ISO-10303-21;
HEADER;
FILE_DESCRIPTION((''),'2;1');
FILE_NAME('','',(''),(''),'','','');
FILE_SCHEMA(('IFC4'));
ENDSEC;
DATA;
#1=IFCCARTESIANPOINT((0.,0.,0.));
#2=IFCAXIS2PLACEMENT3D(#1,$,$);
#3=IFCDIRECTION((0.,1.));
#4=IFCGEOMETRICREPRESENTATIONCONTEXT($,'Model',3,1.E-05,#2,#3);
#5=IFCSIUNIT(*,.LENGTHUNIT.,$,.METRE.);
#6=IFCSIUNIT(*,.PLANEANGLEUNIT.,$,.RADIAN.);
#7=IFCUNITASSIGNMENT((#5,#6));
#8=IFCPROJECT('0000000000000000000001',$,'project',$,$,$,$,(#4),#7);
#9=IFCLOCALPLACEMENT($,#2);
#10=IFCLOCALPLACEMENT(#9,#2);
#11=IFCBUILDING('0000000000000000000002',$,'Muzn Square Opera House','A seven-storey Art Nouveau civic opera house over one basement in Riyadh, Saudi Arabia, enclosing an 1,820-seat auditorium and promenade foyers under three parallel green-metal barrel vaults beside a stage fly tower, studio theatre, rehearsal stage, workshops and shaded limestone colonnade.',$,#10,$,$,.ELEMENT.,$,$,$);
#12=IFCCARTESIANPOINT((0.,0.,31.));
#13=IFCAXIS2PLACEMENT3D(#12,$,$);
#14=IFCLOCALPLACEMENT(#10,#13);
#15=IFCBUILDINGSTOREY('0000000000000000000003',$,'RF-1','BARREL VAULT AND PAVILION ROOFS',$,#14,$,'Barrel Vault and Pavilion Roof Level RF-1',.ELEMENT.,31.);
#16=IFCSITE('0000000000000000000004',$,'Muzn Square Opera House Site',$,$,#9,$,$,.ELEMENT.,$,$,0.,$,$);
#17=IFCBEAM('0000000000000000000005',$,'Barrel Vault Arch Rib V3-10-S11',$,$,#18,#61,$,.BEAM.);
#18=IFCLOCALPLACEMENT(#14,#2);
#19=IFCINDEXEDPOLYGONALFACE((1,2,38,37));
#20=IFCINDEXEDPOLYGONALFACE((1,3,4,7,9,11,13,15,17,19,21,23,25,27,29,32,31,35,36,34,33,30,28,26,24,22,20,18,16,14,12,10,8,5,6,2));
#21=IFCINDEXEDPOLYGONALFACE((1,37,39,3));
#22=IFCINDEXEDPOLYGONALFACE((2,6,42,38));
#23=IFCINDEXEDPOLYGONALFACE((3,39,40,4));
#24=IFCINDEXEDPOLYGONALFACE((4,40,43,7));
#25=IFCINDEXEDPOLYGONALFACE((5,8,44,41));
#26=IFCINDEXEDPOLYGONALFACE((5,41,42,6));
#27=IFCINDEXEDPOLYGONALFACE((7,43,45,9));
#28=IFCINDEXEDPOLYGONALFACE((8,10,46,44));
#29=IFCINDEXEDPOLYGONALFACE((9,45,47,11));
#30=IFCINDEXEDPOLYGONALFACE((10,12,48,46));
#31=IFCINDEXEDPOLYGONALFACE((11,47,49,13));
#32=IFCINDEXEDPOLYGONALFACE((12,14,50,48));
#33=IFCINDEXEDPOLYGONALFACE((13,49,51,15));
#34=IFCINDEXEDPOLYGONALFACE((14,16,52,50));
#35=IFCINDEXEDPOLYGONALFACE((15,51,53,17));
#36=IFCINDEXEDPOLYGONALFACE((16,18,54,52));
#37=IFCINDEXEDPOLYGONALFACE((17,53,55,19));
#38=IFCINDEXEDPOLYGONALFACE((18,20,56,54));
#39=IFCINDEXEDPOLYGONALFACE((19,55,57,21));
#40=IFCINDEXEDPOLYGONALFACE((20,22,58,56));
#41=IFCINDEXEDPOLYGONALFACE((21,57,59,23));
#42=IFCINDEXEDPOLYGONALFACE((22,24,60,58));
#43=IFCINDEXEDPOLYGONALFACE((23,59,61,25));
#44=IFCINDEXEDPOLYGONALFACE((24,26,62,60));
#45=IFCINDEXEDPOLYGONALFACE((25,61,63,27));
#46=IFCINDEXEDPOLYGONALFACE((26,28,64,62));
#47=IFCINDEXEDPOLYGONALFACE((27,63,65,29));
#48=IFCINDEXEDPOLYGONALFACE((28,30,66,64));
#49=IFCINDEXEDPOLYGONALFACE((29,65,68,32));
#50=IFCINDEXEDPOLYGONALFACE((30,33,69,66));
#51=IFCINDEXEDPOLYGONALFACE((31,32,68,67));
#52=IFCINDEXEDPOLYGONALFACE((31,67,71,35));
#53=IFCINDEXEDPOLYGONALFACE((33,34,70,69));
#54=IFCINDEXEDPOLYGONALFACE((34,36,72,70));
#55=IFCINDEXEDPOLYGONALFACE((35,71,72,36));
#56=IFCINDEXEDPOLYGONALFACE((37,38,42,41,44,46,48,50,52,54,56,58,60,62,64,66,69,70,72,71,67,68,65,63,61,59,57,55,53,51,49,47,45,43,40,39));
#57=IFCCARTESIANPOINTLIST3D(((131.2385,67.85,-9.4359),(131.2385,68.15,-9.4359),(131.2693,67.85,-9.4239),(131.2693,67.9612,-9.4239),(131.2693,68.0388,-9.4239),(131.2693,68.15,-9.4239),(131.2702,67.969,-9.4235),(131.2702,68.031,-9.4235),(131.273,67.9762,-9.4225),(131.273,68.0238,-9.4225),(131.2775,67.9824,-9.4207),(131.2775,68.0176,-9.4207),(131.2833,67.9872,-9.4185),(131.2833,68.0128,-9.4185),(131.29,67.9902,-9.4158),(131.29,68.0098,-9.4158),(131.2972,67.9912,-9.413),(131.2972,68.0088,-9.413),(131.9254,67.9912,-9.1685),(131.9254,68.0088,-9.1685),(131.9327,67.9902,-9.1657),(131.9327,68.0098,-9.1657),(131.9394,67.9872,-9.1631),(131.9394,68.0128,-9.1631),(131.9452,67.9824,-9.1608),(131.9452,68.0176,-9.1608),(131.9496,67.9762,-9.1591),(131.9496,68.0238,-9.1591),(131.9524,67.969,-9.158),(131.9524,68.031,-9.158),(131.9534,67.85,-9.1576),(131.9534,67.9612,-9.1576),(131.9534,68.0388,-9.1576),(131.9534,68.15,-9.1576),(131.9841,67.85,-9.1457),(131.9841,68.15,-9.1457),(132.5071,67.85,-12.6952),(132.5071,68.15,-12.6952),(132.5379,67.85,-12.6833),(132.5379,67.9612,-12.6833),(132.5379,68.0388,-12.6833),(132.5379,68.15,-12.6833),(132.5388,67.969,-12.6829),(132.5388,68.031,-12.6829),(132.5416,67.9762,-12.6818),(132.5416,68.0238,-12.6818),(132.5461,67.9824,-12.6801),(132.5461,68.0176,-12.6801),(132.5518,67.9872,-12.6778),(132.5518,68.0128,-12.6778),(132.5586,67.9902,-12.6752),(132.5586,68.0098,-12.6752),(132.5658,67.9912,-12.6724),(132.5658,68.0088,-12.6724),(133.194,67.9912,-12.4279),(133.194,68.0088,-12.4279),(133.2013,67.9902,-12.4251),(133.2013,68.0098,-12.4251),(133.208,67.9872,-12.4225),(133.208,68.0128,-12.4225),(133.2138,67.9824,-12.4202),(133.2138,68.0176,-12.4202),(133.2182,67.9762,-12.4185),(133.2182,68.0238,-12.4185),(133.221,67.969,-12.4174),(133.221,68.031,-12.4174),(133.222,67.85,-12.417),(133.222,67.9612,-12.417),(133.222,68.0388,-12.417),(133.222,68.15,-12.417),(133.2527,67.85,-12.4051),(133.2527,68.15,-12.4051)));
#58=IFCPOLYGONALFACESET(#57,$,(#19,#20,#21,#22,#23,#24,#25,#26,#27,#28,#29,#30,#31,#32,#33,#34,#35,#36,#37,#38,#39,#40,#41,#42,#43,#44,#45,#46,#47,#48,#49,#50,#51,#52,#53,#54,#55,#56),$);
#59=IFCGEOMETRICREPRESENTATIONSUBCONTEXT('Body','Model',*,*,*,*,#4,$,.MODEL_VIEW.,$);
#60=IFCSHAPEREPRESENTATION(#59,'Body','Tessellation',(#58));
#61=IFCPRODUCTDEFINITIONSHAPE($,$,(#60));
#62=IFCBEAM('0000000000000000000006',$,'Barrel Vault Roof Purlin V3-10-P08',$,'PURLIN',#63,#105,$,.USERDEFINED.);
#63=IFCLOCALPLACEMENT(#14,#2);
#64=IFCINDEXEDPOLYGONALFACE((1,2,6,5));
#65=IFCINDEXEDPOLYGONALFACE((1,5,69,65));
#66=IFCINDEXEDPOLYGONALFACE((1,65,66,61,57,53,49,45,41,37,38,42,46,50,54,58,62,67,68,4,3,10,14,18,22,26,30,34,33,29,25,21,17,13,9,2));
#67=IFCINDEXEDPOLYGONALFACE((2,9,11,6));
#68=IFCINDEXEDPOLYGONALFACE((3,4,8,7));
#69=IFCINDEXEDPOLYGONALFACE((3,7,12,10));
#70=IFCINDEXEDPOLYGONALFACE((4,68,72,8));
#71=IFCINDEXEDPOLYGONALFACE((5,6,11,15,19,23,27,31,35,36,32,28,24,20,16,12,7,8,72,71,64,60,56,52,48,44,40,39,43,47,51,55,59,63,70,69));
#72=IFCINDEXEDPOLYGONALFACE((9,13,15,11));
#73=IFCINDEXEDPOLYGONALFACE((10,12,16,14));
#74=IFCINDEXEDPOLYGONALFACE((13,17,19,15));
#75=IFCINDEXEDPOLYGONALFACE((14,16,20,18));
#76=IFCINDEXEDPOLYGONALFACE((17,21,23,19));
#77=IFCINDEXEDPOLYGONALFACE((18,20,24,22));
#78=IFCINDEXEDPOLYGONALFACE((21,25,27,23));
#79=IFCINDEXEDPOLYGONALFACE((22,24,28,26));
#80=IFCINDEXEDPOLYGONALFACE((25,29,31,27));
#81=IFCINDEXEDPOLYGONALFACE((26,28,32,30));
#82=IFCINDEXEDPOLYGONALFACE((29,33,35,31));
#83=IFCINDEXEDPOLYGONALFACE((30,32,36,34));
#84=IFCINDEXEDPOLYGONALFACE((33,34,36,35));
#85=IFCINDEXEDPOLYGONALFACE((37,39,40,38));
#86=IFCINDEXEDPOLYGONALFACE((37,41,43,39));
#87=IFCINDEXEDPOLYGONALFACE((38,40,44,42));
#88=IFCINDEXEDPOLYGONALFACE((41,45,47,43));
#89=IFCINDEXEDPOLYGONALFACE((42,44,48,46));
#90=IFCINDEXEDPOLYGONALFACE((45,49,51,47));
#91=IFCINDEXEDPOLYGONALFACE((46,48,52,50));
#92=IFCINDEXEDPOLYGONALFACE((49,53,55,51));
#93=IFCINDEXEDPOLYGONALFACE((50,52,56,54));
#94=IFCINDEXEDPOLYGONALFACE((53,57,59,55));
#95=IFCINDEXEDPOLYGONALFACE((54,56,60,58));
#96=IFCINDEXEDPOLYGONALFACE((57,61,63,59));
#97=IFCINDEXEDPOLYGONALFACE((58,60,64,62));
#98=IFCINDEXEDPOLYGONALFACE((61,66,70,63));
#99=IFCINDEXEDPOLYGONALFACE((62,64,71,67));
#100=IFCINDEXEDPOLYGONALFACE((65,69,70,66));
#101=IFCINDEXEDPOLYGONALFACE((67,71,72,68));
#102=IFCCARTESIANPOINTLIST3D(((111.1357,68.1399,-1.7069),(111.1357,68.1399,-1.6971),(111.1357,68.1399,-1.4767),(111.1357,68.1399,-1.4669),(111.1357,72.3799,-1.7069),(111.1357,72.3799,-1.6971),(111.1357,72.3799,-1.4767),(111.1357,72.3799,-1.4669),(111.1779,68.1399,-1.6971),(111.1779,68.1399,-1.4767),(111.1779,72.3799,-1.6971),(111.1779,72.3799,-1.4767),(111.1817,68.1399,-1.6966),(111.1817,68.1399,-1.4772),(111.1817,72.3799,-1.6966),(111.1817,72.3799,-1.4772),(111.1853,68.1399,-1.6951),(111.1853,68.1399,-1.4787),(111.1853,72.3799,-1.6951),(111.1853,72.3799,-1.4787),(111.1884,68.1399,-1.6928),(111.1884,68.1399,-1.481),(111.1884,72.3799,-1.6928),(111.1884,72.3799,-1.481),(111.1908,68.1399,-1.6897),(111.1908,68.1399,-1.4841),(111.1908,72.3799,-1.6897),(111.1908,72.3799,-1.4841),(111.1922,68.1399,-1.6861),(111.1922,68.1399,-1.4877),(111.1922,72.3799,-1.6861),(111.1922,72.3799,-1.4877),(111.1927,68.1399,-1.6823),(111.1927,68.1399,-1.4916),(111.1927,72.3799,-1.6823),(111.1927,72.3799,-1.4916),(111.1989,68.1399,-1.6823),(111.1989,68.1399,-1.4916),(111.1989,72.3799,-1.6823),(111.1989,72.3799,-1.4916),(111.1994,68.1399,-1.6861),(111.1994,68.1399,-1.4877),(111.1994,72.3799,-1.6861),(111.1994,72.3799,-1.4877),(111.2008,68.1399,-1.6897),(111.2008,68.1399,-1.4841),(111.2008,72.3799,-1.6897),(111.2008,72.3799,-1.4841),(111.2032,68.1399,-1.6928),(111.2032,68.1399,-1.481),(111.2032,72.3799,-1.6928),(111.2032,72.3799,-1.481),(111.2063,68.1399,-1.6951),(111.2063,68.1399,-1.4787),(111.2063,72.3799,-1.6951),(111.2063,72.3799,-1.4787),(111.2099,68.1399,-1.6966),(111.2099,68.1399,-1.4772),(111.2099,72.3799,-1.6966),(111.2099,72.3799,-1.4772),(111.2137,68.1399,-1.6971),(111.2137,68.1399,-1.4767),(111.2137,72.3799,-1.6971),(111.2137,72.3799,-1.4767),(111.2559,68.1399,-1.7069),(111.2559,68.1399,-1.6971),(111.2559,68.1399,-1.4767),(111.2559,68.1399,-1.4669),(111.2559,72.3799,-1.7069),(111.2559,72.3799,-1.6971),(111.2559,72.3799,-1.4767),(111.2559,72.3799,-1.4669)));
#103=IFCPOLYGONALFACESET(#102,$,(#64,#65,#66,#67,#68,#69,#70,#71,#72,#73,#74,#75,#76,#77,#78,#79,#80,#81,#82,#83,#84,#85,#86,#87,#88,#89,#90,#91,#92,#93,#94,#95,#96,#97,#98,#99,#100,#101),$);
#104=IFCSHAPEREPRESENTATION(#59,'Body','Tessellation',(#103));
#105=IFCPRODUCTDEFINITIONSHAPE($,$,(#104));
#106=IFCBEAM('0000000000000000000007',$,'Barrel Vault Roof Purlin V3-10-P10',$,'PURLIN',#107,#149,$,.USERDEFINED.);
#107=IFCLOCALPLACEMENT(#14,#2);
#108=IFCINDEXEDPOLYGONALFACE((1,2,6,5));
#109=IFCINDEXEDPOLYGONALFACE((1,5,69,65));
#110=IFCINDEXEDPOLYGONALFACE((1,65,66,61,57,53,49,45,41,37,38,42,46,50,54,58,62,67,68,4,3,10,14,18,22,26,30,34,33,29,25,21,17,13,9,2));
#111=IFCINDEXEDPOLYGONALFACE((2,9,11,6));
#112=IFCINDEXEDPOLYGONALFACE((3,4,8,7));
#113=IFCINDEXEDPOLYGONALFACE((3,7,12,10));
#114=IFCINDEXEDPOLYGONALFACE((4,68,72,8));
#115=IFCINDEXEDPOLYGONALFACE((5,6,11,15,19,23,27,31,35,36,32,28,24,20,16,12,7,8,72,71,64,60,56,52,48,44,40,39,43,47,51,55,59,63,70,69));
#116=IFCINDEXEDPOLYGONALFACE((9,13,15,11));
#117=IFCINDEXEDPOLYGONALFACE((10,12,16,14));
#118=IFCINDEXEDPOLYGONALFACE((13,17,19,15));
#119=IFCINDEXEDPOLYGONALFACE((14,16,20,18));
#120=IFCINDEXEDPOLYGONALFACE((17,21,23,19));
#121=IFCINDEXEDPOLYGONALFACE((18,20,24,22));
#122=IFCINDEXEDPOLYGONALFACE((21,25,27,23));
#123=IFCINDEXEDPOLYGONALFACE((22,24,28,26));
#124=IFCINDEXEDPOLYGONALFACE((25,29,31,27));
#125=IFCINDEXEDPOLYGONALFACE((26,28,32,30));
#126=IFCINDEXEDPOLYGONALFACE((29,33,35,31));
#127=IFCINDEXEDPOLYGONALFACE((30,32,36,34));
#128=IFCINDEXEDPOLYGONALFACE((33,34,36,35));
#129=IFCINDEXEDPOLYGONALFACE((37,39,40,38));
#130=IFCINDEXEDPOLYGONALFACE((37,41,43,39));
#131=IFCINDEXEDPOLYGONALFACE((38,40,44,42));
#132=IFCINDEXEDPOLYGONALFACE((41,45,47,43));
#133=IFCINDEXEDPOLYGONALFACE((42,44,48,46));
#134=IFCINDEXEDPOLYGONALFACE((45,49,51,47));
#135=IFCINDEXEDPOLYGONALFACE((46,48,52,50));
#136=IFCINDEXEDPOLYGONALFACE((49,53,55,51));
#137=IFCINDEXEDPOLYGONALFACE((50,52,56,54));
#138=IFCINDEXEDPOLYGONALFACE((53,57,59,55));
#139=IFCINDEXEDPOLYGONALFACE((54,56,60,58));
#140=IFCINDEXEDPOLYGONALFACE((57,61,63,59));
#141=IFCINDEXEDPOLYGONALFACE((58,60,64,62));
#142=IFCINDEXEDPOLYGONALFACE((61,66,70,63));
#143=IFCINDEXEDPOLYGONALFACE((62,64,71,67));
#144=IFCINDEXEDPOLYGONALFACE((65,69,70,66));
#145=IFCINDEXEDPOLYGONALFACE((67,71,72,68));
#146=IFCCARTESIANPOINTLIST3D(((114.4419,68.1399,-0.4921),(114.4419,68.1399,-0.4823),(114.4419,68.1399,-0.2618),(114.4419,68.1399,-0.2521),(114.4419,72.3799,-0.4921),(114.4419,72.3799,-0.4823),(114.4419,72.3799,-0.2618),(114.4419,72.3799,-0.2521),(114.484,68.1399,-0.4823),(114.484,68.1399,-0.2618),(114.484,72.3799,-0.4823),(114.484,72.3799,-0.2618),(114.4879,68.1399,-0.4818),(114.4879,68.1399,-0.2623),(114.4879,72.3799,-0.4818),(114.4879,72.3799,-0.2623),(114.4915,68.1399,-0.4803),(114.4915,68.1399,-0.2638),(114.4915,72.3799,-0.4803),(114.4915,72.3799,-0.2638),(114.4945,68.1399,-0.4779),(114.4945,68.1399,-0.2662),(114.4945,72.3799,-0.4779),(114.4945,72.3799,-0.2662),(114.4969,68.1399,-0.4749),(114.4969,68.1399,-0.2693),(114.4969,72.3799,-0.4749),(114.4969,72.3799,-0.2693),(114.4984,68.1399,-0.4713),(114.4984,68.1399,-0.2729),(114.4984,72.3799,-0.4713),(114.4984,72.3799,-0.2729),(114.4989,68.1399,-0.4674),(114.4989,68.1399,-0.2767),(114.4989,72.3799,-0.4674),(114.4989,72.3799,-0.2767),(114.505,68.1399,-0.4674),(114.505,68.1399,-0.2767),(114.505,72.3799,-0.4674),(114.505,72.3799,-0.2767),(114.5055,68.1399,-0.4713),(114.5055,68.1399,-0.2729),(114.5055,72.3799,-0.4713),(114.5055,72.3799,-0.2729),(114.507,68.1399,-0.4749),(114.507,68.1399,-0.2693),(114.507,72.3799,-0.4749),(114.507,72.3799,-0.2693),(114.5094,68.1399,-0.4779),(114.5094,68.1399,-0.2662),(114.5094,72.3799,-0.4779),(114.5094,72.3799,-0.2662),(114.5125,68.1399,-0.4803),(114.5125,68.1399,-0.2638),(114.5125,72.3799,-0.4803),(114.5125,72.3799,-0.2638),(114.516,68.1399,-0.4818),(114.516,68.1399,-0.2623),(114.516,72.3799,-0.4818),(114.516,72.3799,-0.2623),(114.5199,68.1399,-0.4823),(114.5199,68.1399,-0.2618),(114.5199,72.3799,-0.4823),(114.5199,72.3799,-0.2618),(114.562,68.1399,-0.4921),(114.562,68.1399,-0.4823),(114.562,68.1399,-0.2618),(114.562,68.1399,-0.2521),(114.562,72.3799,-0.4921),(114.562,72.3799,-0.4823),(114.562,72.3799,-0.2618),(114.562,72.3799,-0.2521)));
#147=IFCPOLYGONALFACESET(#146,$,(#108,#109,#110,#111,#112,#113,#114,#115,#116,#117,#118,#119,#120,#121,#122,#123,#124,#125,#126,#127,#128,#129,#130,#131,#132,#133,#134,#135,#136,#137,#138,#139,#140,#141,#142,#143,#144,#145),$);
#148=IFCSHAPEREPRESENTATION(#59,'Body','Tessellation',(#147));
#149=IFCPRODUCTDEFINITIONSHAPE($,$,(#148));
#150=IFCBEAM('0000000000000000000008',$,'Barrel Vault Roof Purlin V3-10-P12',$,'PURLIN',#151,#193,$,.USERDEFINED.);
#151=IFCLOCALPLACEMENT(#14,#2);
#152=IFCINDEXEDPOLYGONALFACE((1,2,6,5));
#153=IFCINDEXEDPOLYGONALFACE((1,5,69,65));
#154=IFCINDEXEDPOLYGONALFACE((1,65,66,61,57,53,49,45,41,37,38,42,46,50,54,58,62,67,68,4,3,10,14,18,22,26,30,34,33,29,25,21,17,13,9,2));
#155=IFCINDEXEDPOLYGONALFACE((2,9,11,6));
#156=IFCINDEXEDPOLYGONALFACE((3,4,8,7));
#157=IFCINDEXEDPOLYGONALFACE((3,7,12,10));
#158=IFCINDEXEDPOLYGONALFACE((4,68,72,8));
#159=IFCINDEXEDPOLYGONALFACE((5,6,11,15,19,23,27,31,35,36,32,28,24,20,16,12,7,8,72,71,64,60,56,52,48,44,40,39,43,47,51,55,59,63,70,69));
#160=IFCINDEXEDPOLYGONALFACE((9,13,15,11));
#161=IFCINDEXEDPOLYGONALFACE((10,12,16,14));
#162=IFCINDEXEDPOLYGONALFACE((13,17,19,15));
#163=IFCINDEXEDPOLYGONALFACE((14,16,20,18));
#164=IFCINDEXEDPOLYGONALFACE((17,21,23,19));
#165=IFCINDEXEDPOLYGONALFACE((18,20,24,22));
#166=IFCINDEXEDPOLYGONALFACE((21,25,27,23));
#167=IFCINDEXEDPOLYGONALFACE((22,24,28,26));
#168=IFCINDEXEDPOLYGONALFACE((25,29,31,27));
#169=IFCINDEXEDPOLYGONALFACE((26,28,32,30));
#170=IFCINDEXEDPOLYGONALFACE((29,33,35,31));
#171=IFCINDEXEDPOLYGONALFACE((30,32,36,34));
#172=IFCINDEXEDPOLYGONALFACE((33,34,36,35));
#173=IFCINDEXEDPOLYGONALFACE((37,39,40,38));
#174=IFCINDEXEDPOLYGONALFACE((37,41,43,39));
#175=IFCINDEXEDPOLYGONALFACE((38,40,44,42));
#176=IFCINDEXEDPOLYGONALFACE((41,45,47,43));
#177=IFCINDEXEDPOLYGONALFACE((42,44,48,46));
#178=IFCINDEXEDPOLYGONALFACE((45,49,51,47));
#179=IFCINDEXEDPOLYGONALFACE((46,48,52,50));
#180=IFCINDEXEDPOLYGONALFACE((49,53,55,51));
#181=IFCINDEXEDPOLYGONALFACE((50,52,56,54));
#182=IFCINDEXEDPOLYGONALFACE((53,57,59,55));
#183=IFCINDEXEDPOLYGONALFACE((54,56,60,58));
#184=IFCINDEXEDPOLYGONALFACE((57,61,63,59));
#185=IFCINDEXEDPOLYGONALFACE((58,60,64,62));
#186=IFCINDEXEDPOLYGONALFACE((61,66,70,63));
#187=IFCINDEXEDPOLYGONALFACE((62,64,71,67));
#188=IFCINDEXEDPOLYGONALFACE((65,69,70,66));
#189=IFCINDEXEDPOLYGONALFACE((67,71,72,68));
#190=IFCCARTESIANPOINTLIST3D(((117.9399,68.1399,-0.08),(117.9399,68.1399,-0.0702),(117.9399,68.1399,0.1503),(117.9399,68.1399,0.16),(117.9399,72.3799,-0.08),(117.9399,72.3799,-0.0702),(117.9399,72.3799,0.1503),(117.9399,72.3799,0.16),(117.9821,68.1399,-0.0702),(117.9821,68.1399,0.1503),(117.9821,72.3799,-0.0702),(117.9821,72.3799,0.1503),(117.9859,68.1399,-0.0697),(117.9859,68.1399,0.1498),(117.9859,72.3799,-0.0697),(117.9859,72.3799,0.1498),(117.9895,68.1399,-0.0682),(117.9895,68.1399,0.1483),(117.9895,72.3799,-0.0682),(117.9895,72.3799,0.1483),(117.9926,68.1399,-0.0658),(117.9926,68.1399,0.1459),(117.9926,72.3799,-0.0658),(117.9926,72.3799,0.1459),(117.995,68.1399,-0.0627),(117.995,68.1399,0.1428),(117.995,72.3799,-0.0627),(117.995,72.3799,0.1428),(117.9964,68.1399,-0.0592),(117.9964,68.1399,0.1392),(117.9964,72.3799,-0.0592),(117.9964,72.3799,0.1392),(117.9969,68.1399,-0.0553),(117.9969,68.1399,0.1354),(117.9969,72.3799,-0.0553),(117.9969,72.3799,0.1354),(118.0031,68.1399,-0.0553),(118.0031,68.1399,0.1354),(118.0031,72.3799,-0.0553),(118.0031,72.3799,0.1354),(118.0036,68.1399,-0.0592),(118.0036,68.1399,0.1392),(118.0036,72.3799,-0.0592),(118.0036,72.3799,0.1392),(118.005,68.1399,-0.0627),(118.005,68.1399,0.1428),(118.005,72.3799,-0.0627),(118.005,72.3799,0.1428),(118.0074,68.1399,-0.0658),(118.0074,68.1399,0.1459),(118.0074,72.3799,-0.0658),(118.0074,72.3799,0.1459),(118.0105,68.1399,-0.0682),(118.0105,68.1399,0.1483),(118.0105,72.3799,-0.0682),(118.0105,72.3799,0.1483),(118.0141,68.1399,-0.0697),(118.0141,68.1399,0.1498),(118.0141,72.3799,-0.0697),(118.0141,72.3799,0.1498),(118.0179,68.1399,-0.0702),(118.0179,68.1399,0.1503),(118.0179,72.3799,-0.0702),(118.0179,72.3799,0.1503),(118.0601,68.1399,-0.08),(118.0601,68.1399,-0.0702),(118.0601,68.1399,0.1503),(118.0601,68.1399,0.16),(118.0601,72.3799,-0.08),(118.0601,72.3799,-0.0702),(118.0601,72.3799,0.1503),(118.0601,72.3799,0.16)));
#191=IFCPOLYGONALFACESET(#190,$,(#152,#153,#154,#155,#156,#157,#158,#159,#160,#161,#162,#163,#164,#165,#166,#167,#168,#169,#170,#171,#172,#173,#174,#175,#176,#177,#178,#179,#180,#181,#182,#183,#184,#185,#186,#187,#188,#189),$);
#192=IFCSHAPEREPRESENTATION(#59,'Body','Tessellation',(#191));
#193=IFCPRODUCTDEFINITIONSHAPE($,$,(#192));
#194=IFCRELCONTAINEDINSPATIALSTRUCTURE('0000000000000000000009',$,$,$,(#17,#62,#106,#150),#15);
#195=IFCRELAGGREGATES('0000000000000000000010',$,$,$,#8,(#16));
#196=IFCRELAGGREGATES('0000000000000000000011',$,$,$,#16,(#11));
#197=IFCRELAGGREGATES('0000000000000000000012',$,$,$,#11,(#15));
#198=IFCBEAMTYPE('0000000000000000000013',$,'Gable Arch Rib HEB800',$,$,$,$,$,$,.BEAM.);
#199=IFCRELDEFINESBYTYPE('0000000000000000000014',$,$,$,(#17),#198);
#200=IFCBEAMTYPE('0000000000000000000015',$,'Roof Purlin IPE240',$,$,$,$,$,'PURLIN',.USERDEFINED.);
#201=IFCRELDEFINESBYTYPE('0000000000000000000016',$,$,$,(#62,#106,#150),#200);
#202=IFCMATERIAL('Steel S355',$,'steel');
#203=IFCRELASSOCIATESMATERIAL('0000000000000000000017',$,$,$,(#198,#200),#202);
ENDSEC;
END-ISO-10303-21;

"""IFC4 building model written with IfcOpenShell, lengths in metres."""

from ifc_helpers import new_model, si_unit, direction, frame, origin, origin_2d, place, context, subcontext, project, spatial, i_section, extrude, material, material_profile, profile_set, type_object, element, save


model = new_model("IFC4")

# Units and contexts
model_context = context("Model", 3, precision=1e-05, world=origin(), true_north=direction((0.0, 1.0)))
body_context = subcontext(model_context, "Body", "Model", "MODEL_VIEW")
ifc_project = project(units=[si_unit("LENGTHUNIT", "METRE"), si_unit("PLANEANGLEUNIT", "RADIAN")], contexts=[model_context])

# Site, building, storey
site_placement = place(None, origin())
site = spatial("IfcSite", under=ifc_project, at=site_placement, Name="Muzn Square Opera House Site", CompositionType="ELEMENT", RefElevation=0.0)
building_placement = place(site_placement, origin())
building = spatial("IfcBuilding", under=site, at=building_placement, Name="Muzn Square Opera House", Description="A seven-storey Art Nouveau civic opera house over one basement in Riyadh, Saudi Arabia, enclosing an 1,820-seat auditorium and promenade foyers under three parallel green-metal barrel vaults beside a stage fly tower, studio theatre, rehearsal stage, workshops and shaded limestone colonnade.", CompositionType="ELEMENT")
storey_placement = place(building_placement, frame((0.0, 0.0, 31.0)))
storey = spatial("IfcBuildingStorey", under=building, at=storey_placement, Name="RF-1", Description="BARREL VAULT AND PAVILION ROOFS", LongName="Barrel Vault and Pavilion Roof Level RF-1", CompositionType="ELEMENT", Elevation=31.0)

# Beams
ifc_material_1 = material(Name="Steel S355", Category="steel")
ifc_material_profile_1 = material_profile(ifc_material_1, i_section(OverallWidth=0.3, OverallDepth=0.8, WebThickness=0.0176, FlangeThickness=0.033, FilletRadius=0.03, at=origin_2d()), Name="HEB 800", Category="steel")
ifc_profile_set_1 = profile_set([ifc_material_profile_1], Name="Steel S355")
beam_type_1 = type_object("IfcBeamType", Name="Gable Arch Rib HEB800", PredefinedType="BEAM", material=ifc_profile_set_1)
beam_1_placement = place(storey_placement, frame((131.6113, 68.0, -9.2908), z_axis=(0.362709, 0.0, -0.931902), x_axis=(0.0, 1.0, 0.0)))
element("IfcBeam", 1, at=beam_1_placement, inside=storey, type_object=beam_type_1, Name="Barrel Vault Arch Rib V3-10-S11", PredefinedType="BEAM", context=body_context, shape_type="SweptSolid", body=[
    extrude(i_section(OverallWidth=0.3, OverallDepth=0.8, WebThickness=0.0176, FlangeThickness=0.033, FilletRadius=0.03, at=origin_2d()), origin(), (0.0, 0.0, 1.0), 3.4976),
])
ifc_material_profile_2 = material_profile(ifc_material_1, i_section(OverallWidth=0.1201, OverallDepth=0.24, WebThickness=0.0061, FlangeThickness=0.0098, FilletRadius=0.0149, at=origin_2d()), Name="IPE 240", Category="steel")
ifc_profile_set_2 = profile_set([ifc_material_profile_2], Name="Steel S355")
beam_type_2 = type_object("IfcBeamType", Name="Roof Purlin IPE240", ElementType="PURLIN", PredefinedType="USERDEFINED", material=ifc_profile_set_2)
for number, where, z_axis, x_axis, name in (
    (2, (111.1958, 68.1399, -1.5869), (0.0, 1.0, 0.0), (-1.0, 0.0, 0.0), "Barrel Vault Roof Purlin V3-10-P08"),
    (3, (114.502, 68.1399, -0.3721), (0.0, 1.0, 0.0), (-1.0, 0.0, 0.0), "Barrel Vault Roof Purlin V3-10-P10"),
    (4, (118.0, 68.1399, 0.04), (0.0, 1.0, 0.0), (-1.0, 0.0, 0.0), "Barrel Vault Roof Purlin V3-10-P12"),
):
    element("IfcBeam", number, at=place(storey_placement, frame(where, z_axis=z_axis, x_axis=x_axis)), inside=storey, type_object=beam_type_2, Name=name, ObjectType="PURLIN", PredefinedType="USERDEFINED", context=body_context, shape_type="SweptSolid", body=[
        extrude(i_section(OverallWidth=0.1201, OverallDepth=0.24, WebThickness=0.0061, FlangeThickness=0.0098, FilletRadius=0.0149, at=origin_2d()), origin(), (0.0, 0.0, 1.0), 4.24),
    ])

save(model, "model.ifc")
